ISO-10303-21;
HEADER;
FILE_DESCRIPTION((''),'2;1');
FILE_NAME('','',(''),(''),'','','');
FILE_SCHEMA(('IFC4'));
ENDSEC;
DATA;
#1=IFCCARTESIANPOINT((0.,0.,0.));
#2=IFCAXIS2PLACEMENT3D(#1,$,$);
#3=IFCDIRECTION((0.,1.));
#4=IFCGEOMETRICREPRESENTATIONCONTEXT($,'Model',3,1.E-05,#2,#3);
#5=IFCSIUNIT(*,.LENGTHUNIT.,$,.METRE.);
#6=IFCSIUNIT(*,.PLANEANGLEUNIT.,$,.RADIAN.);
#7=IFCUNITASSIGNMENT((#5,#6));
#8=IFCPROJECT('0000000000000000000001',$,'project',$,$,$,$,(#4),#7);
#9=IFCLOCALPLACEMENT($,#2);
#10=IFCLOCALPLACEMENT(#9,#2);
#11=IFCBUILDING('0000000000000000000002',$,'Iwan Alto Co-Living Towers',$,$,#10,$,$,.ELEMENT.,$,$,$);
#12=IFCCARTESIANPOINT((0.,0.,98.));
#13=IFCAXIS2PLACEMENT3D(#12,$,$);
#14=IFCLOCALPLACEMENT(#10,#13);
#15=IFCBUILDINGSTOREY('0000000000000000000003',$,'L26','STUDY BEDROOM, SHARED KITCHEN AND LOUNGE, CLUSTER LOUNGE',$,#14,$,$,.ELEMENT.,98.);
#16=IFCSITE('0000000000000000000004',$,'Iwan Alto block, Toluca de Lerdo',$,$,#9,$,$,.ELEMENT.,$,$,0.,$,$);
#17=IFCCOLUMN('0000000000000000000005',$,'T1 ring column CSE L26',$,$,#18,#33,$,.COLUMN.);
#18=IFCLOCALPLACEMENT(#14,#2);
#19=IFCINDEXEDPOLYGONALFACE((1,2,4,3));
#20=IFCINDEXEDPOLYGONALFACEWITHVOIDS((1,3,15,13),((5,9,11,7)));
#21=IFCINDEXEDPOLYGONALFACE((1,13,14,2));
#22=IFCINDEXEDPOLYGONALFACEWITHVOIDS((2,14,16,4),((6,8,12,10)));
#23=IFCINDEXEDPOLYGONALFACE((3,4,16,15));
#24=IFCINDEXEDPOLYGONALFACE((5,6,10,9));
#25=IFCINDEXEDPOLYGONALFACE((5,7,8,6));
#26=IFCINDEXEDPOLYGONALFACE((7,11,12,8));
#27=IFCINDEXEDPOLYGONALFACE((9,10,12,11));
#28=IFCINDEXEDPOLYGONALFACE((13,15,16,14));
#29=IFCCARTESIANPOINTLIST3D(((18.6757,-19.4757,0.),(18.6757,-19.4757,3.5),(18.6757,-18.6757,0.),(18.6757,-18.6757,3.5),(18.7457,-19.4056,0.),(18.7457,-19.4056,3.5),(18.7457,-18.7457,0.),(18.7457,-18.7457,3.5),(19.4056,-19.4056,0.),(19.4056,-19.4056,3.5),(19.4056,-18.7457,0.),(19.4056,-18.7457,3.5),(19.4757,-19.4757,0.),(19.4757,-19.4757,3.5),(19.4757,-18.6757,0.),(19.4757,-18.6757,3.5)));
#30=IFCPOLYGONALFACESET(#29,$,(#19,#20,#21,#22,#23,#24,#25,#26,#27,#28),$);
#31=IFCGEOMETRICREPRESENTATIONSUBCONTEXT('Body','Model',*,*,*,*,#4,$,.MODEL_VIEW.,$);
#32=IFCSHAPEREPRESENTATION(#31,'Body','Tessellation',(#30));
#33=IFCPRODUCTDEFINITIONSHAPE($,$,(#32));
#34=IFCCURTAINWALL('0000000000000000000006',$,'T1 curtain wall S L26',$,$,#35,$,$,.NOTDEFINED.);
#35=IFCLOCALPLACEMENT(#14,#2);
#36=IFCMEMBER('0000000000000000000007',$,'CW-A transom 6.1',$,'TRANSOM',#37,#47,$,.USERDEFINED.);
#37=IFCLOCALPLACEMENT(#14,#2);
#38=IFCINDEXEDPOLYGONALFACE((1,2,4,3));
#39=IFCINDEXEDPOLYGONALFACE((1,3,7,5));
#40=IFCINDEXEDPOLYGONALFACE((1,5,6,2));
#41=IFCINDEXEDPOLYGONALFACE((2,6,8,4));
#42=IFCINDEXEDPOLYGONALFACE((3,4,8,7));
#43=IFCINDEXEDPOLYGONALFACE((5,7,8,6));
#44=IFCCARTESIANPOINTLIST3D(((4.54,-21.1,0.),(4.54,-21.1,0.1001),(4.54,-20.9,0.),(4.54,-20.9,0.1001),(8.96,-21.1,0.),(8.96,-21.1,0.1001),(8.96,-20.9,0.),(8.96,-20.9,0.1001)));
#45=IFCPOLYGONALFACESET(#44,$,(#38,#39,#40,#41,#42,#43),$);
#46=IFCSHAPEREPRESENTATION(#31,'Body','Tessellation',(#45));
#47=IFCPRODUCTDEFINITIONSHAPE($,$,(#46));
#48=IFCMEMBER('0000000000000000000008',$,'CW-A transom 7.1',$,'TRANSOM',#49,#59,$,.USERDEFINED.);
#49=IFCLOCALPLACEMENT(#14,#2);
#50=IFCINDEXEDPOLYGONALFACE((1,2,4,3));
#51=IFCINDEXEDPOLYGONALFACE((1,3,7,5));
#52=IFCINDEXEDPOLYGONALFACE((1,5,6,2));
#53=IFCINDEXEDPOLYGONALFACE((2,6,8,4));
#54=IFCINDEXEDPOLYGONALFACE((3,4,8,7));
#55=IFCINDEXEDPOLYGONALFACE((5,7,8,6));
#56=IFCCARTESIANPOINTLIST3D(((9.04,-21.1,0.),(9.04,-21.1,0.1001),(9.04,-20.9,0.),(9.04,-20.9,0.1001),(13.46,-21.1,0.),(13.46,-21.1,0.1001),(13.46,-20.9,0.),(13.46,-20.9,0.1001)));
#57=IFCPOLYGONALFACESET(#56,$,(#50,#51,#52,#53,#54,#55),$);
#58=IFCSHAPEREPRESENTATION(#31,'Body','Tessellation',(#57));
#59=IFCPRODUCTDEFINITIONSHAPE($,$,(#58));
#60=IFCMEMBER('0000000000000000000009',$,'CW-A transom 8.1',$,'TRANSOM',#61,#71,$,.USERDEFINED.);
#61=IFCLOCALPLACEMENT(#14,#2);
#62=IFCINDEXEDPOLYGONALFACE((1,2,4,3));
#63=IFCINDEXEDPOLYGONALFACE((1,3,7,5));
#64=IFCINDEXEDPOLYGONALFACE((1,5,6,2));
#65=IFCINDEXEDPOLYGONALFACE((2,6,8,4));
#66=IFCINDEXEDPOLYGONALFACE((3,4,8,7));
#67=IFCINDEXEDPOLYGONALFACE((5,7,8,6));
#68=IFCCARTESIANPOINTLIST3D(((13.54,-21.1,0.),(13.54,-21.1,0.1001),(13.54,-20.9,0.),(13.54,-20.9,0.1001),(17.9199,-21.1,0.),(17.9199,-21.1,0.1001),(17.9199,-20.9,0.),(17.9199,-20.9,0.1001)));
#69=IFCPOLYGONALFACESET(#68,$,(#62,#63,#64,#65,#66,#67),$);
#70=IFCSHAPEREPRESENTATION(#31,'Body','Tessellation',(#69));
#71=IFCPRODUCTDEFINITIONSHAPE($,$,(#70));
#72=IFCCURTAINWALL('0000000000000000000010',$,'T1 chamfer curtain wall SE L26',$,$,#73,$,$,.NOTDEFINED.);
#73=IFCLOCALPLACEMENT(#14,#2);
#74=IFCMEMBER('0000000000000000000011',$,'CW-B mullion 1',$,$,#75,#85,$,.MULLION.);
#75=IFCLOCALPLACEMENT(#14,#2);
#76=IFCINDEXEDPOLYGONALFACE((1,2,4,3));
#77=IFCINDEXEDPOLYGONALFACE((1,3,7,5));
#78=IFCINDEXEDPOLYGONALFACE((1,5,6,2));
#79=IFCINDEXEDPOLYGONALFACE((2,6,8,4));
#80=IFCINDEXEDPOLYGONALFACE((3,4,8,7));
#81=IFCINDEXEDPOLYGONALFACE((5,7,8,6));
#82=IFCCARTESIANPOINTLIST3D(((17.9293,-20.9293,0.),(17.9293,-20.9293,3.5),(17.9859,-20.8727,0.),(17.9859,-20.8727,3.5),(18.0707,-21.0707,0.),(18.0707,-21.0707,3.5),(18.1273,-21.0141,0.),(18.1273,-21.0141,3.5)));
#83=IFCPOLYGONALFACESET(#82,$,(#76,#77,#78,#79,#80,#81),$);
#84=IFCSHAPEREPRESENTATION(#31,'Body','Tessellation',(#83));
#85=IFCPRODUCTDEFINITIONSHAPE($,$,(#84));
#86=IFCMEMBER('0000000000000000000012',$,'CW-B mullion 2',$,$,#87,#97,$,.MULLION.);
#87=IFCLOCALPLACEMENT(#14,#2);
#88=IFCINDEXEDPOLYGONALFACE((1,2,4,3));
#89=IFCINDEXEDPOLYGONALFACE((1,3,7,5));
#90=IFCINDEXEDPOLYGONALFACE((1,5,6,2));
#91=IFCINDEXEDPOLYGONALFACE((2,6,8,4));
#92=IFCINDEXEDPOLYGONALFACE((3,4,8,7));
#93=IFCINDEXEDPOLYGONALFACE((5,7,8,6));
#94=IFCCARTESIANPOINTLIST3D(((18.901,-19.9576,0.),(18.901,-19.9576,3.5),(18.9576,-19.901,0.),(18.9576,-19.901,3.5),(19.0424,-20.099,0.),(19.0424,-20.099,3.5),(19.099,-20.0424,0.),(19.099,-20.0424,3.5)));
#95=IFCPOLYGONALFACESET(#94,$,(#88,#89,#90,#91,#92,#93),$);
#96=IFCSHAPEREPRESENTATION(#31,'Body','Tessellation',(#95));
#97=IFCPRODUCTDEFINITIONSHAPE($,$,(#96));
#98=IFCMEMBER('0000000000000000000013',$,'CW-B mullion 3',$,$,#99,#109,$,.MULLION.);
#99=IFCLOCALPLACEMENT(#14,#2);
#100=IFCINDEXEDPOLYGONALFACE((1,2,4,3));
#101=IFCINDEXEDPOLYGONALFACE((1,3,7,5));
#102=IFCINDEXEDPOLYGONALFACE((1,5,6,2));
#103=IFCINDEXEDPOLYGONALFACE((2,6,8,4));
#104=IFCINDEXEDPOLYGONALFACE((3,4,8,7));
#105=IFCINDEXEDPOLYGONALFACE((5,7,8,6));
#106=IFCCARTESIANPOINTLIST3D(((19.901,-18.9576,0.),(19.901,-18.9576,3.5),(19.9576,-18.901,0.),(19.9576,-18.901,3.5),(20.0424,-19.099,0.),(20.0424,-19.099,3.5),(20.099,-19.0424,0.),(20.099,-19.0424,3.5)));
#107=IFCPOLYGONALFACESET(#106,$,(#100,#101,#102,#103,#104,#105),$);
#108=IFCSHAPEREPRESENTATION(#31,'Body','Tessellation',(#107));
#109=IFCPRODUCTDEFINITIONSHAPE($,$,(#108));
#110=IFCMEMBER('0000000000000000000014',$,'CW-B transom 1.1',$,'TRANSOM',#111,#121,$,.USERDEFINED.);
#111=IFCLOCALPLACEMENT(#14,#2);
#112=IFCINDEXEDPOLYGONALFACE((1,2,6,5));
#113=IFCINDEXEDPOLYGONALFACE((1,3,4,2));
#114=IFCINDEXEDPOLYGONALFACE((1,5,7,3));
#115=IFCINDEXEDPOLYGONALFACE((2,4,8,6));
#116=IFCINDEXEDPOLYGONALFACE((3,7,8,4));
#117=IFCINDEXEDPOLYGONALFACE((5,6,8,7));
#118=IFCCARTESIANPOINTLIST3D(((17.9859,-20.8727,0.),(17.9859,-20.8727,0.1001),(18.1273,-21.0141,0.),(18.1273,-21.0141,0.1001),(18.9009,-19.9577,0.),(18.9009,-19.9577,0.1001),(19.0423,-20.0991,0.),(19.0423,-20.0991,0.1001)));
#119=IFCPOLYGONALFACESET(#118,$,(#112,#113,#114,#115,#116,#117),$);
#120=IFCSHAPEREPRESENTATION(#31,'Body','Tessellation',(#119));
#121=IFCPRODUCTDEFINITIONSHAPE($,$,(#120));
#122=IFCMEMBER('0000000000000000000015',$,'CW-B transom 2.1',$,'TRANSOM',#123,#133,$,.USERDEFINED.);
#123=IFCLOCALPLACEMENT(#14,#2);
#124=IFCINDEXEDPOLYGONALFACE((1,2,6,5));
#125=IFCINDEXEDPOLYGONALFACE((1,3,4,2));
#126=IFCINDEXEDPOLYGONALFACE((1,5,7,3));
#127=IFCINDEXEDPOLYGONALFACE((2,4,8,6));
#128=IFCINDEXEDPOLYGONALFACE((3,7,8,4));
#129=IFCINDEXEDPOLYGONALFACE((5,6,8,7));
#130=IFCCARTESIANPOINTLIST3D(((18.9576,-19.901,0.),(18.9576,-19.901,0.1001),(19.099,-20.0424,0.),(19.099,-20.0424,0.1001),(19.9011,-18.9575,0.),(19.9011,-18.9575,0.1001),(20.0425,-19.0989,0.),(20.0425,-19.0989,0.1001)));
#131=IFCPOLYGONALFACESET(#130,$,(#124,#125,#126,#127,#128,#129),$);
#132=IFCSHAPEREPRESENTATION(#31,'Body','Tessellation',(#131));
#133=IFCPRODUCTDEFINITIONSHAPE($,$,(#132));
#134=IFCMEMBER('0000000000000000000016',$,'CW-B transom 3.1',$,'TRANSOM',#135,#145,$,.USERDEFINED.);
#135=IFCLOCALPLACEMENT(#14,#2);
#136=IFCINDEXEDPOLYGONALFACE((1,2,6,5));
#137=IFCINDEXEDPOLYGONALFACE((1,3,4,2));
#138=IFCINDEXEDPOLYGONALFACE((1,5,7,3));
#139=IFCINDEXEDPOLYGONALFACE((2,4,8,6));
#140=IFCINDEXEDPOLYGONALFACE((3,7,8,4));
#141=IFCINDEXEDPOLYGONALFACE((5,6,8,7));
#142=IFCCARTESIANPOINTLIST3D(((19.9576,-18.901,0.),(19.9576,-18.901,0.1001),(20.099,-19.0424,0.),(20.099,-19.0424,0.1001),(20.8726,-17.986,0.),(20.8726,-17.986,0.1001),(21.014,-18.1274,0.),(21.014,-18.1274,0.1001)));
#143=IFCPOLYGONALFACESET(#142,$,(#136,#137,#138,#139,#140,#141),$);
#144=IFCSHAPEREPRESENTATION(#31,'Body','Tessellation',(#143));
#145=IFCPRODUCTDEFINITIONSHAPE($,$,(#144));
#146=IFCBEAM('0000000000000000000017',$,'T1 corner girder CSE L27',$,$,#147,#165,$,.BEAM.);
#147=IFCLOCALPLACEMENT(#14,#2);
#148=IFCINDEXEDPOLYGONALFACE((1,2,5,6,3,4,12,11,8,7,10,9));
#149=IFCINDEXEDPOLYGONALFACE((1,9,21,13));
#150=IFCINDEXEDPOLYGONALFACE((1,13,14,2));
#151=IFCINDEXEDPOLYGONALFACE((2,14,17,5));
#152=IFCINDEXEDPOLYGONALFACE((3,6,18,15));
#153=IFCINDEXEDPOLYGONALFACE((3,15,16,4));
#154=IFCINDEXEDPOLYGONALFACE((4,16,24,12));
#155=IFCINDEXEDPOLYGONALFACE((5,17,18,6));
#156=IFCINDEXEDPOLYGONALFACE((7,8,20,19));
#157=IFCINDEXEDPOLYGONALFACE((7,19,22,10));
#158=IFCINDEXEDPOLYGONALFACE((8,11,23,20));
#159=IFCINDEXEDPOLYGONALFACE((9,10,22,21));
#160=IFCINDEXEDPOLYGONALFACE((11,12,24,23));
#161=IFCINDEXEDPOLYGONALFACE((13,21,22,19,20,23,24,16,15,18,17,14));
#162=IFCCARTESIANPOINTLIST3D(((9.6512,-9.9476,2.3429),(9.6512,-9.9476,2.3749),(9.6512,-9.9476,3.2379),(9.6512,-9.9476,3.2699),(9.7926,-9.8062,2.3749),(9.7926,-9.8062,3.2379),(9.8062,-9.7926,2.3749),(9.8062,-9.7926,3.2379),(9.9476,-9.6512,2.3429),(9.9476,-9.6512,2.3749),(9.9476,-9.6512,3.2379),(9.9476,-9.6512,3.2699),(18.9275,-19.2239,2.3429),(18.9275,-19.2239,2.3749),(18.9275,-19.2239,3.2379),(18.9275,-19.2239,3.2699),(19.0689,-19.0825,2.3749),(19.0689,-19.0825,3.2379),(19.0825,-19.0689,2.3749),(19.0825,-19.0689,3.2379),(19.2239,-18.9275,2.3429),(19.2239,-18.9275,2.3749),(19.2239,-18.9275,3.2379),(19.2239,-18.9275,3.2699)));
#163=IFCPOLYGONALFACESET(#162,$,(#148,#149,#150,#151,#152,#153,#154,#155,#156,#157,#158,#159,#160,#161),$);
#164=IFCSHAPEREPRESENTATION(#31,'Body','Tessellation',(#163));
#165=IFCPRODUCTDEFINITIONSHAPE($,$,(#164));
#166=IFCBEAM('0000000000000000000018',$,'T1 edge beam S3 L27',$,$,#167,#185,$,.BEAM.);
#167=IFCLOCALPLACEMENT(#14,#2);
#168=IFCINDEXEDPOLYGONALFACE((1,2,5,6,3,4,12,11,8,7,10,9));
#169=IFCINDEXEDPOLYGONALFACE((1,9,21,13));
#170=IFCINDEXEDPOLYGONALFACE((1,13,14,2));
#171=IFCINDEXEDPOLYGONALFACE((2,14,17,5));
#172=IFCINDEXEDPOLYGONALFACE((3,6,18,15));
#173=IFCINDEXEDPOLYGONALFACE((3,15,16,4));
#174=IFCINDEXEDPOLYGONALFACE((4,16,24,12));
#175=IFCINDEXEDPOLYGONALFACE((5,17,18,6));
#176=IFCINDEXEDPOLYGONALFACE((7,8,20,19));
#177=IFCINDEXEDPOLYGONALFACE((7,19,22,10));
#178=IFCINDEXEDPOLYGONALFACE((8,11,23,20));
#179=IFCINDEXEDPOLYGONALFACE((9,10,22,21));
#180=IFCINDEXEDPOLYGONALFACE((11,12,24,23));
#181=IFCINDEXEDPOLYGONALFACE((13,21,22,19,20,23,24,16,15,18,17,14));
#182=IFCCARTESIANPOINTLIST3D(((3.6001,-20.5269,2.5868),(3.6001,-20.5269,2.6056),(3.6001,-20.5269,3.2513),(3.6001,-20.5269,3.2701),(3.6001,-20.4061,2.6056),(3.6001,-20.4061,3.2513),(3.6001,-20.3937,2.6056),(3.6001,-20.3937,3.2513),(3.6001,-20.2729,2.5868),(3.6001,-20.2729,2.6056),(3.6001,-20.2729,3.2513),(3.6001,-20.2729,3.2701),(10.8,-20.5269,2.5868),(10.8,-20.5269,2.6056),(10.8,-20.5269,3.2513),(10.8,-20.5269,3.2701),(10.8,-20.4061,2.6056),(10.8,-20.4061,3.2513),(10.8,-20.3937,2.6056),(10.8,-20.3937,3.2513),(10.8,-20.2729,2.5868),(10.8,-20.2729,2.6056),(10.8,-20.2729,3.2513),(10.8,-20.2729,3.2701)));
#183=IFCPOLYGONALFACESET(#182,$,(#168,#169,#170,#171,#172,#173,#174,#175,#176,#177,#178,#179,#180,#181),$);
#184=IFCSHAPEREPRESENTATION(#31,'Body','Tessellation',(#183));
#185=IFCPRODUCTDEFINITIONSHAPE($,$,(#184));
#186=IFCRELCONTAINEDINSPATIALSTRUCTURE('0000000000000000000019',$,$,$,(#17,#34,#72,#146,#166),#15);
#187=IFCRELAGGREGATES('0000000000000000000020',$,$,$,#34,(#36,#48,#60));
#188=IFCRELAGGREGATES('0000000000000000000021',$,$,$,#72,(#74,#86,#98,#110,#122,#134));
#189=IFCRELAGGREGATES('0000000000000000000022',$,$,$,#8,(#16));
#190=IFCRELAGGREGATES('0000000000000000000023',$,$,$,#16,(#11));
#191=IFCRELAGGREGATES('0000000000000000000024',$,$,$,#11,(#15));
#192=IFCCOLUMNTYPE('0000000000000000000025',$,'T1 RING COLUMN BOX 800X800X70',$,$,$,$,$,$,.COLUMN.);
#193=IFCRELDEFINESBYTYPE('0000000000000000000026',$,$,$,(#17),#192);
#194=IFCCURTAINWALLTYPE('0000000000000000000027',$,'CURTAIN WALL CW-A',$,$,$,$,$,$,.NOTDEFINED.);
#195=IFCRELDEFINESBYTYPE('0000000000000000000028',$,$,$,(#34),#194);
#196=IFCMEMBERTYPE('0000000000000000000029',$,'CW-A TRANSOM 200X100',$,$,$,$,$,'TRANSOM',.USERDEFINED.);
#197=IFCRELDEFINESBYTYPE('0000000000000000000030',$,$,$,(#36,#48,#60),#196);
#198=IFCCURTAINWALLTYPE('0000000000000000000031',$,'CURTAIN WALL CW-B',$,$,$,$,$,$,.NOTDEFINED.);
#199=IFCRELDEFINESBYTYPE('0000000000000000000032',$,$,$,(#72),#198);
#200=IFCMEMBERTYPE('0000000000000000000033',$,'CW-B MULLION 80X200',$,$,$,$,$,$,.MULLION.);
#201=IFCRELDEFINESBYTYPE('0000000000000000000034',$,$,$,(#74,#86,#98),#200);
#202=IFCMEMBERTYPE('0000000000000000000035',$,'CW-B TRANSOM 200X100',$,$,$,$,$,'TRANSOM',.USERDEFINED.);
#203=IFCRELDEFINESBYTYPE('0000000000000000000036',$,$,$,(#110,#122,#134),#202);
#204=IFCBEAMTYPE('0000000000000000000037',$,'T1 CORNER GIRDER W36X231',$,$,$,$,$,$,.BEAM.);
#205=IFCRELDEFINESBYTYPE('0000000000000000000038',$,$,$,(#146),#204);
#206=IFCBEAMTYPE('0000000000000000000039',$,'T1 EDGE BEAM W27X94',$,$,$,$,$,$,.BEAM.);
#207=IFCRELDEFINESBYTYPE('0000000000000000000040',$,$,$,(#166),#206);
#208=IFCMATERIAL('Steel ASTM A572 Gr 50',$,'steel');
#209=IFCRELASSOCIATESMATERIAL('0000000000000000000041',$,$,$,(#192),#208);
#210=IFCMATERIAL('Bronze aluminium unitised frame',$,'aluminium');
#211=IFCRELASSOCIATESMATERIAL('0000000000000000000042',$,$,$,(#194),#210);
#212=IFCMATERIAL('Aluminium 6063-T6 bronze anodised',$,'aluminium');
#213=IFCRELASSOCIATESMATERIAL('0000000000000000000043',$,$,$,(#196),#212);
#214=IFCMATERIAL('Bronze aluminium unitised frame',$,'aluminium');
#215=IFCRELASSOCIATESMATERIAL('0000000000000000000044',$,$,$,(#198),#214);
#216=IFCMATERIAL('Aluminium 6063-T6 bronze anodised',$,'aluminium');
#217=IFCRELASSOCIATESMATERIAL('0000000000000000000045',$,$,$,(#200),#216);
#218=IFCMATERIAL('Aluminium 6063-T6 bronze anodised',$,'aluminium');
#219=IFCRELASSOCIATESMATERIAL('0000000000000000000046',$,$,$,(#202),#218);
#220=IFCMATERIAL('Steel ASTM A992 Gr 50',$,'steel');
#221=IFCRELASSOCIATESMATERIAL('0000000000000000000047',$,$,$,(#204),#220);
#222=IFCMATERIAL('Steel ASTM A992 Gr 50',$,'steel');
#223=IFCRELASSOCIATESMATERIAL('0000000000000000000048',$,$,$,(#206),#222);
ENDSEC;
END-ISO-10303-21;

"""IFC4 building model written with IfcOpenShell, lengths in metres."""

from ifc_helpers import new_model, si_unit, direction, frame, origin, origin_2d, place, context, subcontext, project, spatial, rectangle, hollow_rectangle, i_section, extrude, material, material_profile, profile_set, type_object, element, aggregate, save


model = new_model("IFC4")

# Units and contexts
model_context = context("Model", 3, precision=1e-05, world=origin(), true_north=direction((0.0, 1.0)))
body_context = subcontext(model_context, "Body", "Model", "MODEL_VIEW")
ifc_project = project(units=[si_unit("LENGTHUNIT", "METRE"), si_unit("PLANEANGLEUNIT", "RADIAN")], contexts=[model_context])

# Site, building, storey
site_placement = place(None, origin())
site = spatial("IfcSite", under=ifc_project, at=site_placement, Name="Iwan Alto block, Toluca de Lerdo", CompositionType="ELEMENT", RefElevation=0.0)
building_placement = place(site_placement, origin())
building = spatial("IfcBuilding", under=site, at=building_placement, Name="Iwan Alto Co-Living Towers", CompositionType="ELEMENT")
storey_placement = place(building_placement, frame((0.0, 0.0, 98.0)))
storey = spatial("IfcBuildingStorey", under=building, at=storey_placement, Name="L26", Description="STUDY BEDROOM, SHARED KITCHEN AND LOUNGE, CLUSTER LOUNGE", CompositionType="ELEMENT", Elevation=98.0)

# Column
ifc_material_1 = material(Name="Steel ASTM A572 Gr 50", Category="steel")
ifc_material_profile_1 = material_profile(ifc_material_1, hollow_rectangle(XDim=0.8, YDim=0.8, WallThickness=0.0701, at=origin_2d()), Name="BOX 800X800X70")
ifc_profile_set_1 = profile_set([ifc_material_profile_1], Name="Steel ASTM A572 Gr 50")
column_type = type_object("IfcColumnType", Name="T1 RING COLUMN BOX 800X800X70", PredefinedType="COLUMN", material=ifc_profile_set_1)
column_placement = place(storey_placement, frame((19.0757, -19.0757, 0.0), z_axis=(0.0, 0.0, 1.0), x_axis=(1.0, 0.0, 0.0)))
element("IfcColumn", 1, at=column_placement, inside=storey, type_object=column_type, Name="T1 ring column CSE L26", PredefinedType="COLUMN", context=body_context, shape_type="SweptSolid", body=[
    extrude(hollow_rectangle(XDim=0.8, YDim=0.8, WallThickness=0.0701, at=origin_2d()), origin(), (0.0, 0.0, 1.0), 3.5),
])

# Curtain walls, members
ifc_material_2 = material(Name="Bronze aluminium unitised frame", Category="aluminium")
curtain_wall_type_1 = type_object("IfcCurtainWallType", Name="CURTAIN WALL CW-A", PredefinedType="NOTDEFINED", material=ifc_material_2)
curtain_wall_1_placement = place(storey_placement, origin())
curtain_wall_1 = element("IfcCurtainWall", 2, at=curtain_wall_1_placement, inside=storey, type_object=curtain_wall_type_1, Name="T1 curtain wall S L26", PredefinedType="NOTDEFINED")
ifc_material_3 = material(Name="Aluminium 6063-T6 bronze anodised", Category="aluminium")
ifc_material_profile_2 = material_profile(ifc_material_3, rectangle(XDim=0.2, YDim=0.1001, at=origin_2d()), Name="AL 200X100")
ifc_profile_set_2 = profile_set([ifc_material_profile_2], Name="Aluminium 6063-T6 bronze anodised")
member_type_1 = type_object("IfcMemberType", Name="CW-A TRANSOM 200X100", ElementType="TRANSOM", PredefinedType="USERDEFINED", material=ifc_profile_set_2)
member_1_placement = place(storey_placement, frame((4.54, -21.0, 0.05), z_axis=(1.0, 0.0, 0.0), x_axis=(0.0, 1.0, 0.0)))
member_1 = element("IfcMember", 3, at=member_1_placement, type_object=member_type_1, Name="CW-A transom 6.1", ObjectType="TRANSOM", PredefinedType="USERDEFINED", context=body_context, shape_type="SweptSolid", body=[
    extrude(rectangle(XDim=0.2, YDim=0.1001, at=origin_2d()), origin(), (0.0, 0.0, 1.0), 4.4199),
])
member_2_placement = place(storey_placement, frame((9.04, -21.0, 0.05), z_axis=(1.0, 0.0, 0.0), x_axis=(0.0, 1.0, 0.0)))
member_2 = element("IfcMember", 4, at=member_2_placement, type_object=member_type_1, Name="CW-A transom 7.1", ObjectType="TRANSOM", PredefinedType="USERDEFINED", context=body_context, shape_type="SweptSolid", body=[
    extrude(rectangle(XDim=0.2, YDim=0.1001, at=origin_2d()), origin(), (0.0, 0.0, 1.0), 4.4199),
])
member_3_placement = place(storey_placement, frame((13.54, -21.0, 0.05), z_axis=(1.0, 0.0, 0.0), x_axis=(0.0, 1.0, 0.0)))
member_3 = element("IfcMember", 5, at=member_3_placement, type_object=member_type_1, Name="CW-A transom 8.1", ObjectType="TRANSOM", PredefinedType="USERDEFINED", context=body_context, shape_type="SweptSolid", body=[
    extrude(rectangle(XDim=0.2, YDim=0.1001, at=origin_2d()), origin(), (0.0, 0.0, 1.0), 4.3799),
])
ifc_material_4 = material(Name="Bronze aluminium unitised frame", Category="aluminium")
curtain_wall_type_2 = type_object("IfcCurtainWallType", Name="CURTAIN WALL CW-B", PredefinedType="NOTDEFINED", material=ifc_material_4)
curtain_wall_2_placement = place(storey_placement, origin())
curtain_wall_2 = element("IfcCurtainWall", 6, at=curtain_wall_2_placement, inside=storey, type_object=curtain_wall_type_2, Name="T1 chamfer curtain wall SE L26", PredefinedType="NOTDEFINED")
ifc_material_5 = material(Name="Aluminium 6063-T6 bronze anodised", Category="aluminium")
ifc_material_profile_3 = material_profile(ifc_material_5, rectangle(XDim=0.2, YDim=0.0801, at=origin_2d()), Name="AL 80X200")
ifc_profile_set_3 = profile_set([ifc_material_profile_3], Name="Aluminium 6063-T6 bronze anodised")
member_type_2 = type_object("IfcMemberType", Name="CW-B MULLION 80X200", PredefinedType="MULLION", material=ifc_profile_set_3)
member_4_placement = place(storey_placement, frame((18.0283, -20.9717, 0.0), z_axis=(0.0, 0.0, 1.0), x_axis=(-0.707107, 0.707107, 0.0)))
member_4 = element("IfcMember", 7, at=member_4_placement, type_object=member_type_2, Name="CW-B mullion 1", PredefinedType="MULLION", context=body_context, shape_type="SweptSolid", body=[
    extrude(rectangle(XDim=0.2, YDim=0.0801, at=origin_2d()), origin(), (0.0, 0.0, 1.0), 3.5),
])
member_5_placement = place(storey_placement, frame((19.0, -20.0, 0.0), z_axis=(0.0, 0.0, 1.0), x_axis=(-0.707107, 0.707107, 0.0)))
member_5 = element("IfcMember", 8, at=member_5_placement, type_object=member_type_2, Name="CW-B mullion 2", PredefinedType="MULLION", context=body_context, shape_type="SweptSolid", body=[
    extrude(rectangle(XDim=0.2, YDim=0.0801, at=origin_2d()), origin(), (0.0, 0.0, 1.0), 3.5),
])
member_6_placement = place(storey_placement, frame((20.0, -19.0, 0.0), z_axis=(0.0, 0.0, 1.0), x_axis=(-0.707107, 0.707107, 0.0)))
member_6 = element("IfcMember", 9, at=member_6_placement, type_object=member_type_2, Name="CW-B mullion 3", PredefinedType="MULLION", context=body_context, shape_type="SweptSolid", body=[
    extrude(rectangle(XDim=0.2, YDim=0.0801, at=origin_2d()), origin(), (0.0, 0.0, 1.0), 3.5),
])
ifc_material_6 = material(Name="Aluminium 6063-T6 bronze anodised", Category="aluminium")
ifc_material_profile_4 = material_profile(ifc_material_6, rectangle(XDim=0.2, YDim=0.1001, at=origin_2d()), Name="AL 200X100")
ifc_profile_set_4 = profile_set([ifc_material_profile_4], Name="Aluminium 6063-T6 bronze anodised")
member_type_3 = type_object("IfcMemberType", Name="CW-B TRANSOM 200X100", ElementType="TRANSOM", PredefinedType="USERDEFINED", material=ifc_profile_set_4)
member_7_placement = place(storey_placement, frame((18.0566, -20.9434, 0.05), z_axis=(0.707107, 0.707107, 0.0), x_axis=(-0.707107, 0.707107, 0.0)))
member_7 = element("IfcMember", 10, at=member_7_placement, type_object=member_type_3, Name="CW-B transom 1.1", ObjectType="TRANSOM", PredefinedType="USERDEFINED", context=body_context, shape_type="SweptSolid", body=[
    extrude(rectangle(XDim=0.2, YDim=0.1001, at=origin_2d()), origin(), (0.0, 0.0, 1.0), 1.2939),
])
member_8_placement = place(storey_placement, frame((19.0283, -19.9717, 0.05), z_axis=(0.707107, 0.707107, 0.0), x_axis=(-0.707107, 0.707107, 0.0)))
member_8 = element("IfcMember", 11, at=member_8_placement, type_object=member_type_3, Name="CW-B transom 2.1", ObjectType="TRANSOM", PredefinedType="USERDEFINED", context=body_context, shape_type="SweptSolid", body=[
    extrude(rectangle(XDim=0.2, YDim=0.1001, at=origin_2d()), origin(), (0.0, 0.0, 1.0), 1.3342),
])
member_9_placement = place(storey_placement, frame((20.0283, -18.9717, 0.05), z_axis=(0.707107, 0.707107, 0.0), x_axis=(-0.707107, 0.707107, 0.0)))
member_9 = element("IfcMember", 12, at=member_9_placement, type_object=member_type_3, Name="CW-B transom 3.1", ObjectType="TRANSOM", PredefinedType="USERDEFINED", context=body_context, shape_type="SweptSolid", body=[
    extrude(rectangle(XDim=0.2, YDim=0.1001, at=origin_2d()), origin(), (0.0, 0.0, 1.0), 1.2939),
])

# Beams
ifc_material_7 = material(Name="Steel ASTM A992 Gr 50", Category="steel")
ifc_material_profile_5 = material_profile(ifc_material_7, i_section(OverallWidth=0.4192, OverallDepth=0.927, WebThickness=0.0193, FlangeThickness=0.032, at=origin_2d()), Name="W36X231")
ifc_profile_set_5 = profile_set([ifc_material_profile_5], Name="Steel ASTM A992 Gr 50")
beam_type_1 = type_object("IfcBeamType", Name="T1 CORNER GIRDER W36X231", PredefinedType="BEAM", material=ifc_profile_set_5)
beam_1_placement = place(storey_placement, frame((19.0757, -19.0757, 2.8064), z_axis=(-0.707107, 0.707107, 0.0), x_axis=(-0.707107, -0.707107, 0.0)))
element("IfcBeam", 13, at=beam_1_placement, inside=storey, type_object=beam_type_1, Name="T1 corner girder CSE L27", PredefinedType="BEAM", context=body_context, shape_type="SweptSolid", body=[
    extrude(i_section(OverallWidth=0.4192, OverallDepth=0.927, WebThickness=0.0193, FlangeThickness=0.032, at=origin_2d()), origin(), (0.0, 0.0, 1.0), 13.1187),
])
ifc_material_8 = material(Name="Steel ASTM A992 Gr 50", Category="steel")
ifc_material_profile_6 = material_profile(ifc_material_8, i_section(OverallWidth=0.2539, OverallDepth=0.6833, WebThickness=0.0125, FlangeThickness=0.0188, at=origin_2d()), Name="W27X94")
ifc_profile_set_6 = profile_set([ifc_material_profile_6], Name="Steel ASTM A992 Gr 50")
beam_type_2 = type_object("IfcBeamType", Name="T1 EDGE BEAM W27X94", PredefinedType="BEAM", material=ifc_profile_set_6)
beam_2_placement = place(storey_placement, frame((3.6001, -20.3999, 2.9285), z_axis=(1.0, 0.0, 0.0), x_axis=(0.0, 1.0, 0.0)))
element("IfcBeam", 14, at=beam_2_placement, inside=storey, type_object=beam_type_2, Name="T1 edge beam S3 L27", PredefinedType="BEAM", context=body_context, shape_type="SweptSolid", body=[
    extrude(i_section(OverallWidth=0.2539, OverallDepth=0.6833, WebThickness=0.0125, FlangeThickness=0.0188, at=origin_2d()), origin(), (0.0, 0.0, 1.0), 7.2),
])

aggregate(curtain_wall_1, [member_1, member_2, member_3])
aggregate(curtain_wall_2, [member_4, member_5, member_6, member_7, member_8, member_9])

save(model, "model.ifc")
